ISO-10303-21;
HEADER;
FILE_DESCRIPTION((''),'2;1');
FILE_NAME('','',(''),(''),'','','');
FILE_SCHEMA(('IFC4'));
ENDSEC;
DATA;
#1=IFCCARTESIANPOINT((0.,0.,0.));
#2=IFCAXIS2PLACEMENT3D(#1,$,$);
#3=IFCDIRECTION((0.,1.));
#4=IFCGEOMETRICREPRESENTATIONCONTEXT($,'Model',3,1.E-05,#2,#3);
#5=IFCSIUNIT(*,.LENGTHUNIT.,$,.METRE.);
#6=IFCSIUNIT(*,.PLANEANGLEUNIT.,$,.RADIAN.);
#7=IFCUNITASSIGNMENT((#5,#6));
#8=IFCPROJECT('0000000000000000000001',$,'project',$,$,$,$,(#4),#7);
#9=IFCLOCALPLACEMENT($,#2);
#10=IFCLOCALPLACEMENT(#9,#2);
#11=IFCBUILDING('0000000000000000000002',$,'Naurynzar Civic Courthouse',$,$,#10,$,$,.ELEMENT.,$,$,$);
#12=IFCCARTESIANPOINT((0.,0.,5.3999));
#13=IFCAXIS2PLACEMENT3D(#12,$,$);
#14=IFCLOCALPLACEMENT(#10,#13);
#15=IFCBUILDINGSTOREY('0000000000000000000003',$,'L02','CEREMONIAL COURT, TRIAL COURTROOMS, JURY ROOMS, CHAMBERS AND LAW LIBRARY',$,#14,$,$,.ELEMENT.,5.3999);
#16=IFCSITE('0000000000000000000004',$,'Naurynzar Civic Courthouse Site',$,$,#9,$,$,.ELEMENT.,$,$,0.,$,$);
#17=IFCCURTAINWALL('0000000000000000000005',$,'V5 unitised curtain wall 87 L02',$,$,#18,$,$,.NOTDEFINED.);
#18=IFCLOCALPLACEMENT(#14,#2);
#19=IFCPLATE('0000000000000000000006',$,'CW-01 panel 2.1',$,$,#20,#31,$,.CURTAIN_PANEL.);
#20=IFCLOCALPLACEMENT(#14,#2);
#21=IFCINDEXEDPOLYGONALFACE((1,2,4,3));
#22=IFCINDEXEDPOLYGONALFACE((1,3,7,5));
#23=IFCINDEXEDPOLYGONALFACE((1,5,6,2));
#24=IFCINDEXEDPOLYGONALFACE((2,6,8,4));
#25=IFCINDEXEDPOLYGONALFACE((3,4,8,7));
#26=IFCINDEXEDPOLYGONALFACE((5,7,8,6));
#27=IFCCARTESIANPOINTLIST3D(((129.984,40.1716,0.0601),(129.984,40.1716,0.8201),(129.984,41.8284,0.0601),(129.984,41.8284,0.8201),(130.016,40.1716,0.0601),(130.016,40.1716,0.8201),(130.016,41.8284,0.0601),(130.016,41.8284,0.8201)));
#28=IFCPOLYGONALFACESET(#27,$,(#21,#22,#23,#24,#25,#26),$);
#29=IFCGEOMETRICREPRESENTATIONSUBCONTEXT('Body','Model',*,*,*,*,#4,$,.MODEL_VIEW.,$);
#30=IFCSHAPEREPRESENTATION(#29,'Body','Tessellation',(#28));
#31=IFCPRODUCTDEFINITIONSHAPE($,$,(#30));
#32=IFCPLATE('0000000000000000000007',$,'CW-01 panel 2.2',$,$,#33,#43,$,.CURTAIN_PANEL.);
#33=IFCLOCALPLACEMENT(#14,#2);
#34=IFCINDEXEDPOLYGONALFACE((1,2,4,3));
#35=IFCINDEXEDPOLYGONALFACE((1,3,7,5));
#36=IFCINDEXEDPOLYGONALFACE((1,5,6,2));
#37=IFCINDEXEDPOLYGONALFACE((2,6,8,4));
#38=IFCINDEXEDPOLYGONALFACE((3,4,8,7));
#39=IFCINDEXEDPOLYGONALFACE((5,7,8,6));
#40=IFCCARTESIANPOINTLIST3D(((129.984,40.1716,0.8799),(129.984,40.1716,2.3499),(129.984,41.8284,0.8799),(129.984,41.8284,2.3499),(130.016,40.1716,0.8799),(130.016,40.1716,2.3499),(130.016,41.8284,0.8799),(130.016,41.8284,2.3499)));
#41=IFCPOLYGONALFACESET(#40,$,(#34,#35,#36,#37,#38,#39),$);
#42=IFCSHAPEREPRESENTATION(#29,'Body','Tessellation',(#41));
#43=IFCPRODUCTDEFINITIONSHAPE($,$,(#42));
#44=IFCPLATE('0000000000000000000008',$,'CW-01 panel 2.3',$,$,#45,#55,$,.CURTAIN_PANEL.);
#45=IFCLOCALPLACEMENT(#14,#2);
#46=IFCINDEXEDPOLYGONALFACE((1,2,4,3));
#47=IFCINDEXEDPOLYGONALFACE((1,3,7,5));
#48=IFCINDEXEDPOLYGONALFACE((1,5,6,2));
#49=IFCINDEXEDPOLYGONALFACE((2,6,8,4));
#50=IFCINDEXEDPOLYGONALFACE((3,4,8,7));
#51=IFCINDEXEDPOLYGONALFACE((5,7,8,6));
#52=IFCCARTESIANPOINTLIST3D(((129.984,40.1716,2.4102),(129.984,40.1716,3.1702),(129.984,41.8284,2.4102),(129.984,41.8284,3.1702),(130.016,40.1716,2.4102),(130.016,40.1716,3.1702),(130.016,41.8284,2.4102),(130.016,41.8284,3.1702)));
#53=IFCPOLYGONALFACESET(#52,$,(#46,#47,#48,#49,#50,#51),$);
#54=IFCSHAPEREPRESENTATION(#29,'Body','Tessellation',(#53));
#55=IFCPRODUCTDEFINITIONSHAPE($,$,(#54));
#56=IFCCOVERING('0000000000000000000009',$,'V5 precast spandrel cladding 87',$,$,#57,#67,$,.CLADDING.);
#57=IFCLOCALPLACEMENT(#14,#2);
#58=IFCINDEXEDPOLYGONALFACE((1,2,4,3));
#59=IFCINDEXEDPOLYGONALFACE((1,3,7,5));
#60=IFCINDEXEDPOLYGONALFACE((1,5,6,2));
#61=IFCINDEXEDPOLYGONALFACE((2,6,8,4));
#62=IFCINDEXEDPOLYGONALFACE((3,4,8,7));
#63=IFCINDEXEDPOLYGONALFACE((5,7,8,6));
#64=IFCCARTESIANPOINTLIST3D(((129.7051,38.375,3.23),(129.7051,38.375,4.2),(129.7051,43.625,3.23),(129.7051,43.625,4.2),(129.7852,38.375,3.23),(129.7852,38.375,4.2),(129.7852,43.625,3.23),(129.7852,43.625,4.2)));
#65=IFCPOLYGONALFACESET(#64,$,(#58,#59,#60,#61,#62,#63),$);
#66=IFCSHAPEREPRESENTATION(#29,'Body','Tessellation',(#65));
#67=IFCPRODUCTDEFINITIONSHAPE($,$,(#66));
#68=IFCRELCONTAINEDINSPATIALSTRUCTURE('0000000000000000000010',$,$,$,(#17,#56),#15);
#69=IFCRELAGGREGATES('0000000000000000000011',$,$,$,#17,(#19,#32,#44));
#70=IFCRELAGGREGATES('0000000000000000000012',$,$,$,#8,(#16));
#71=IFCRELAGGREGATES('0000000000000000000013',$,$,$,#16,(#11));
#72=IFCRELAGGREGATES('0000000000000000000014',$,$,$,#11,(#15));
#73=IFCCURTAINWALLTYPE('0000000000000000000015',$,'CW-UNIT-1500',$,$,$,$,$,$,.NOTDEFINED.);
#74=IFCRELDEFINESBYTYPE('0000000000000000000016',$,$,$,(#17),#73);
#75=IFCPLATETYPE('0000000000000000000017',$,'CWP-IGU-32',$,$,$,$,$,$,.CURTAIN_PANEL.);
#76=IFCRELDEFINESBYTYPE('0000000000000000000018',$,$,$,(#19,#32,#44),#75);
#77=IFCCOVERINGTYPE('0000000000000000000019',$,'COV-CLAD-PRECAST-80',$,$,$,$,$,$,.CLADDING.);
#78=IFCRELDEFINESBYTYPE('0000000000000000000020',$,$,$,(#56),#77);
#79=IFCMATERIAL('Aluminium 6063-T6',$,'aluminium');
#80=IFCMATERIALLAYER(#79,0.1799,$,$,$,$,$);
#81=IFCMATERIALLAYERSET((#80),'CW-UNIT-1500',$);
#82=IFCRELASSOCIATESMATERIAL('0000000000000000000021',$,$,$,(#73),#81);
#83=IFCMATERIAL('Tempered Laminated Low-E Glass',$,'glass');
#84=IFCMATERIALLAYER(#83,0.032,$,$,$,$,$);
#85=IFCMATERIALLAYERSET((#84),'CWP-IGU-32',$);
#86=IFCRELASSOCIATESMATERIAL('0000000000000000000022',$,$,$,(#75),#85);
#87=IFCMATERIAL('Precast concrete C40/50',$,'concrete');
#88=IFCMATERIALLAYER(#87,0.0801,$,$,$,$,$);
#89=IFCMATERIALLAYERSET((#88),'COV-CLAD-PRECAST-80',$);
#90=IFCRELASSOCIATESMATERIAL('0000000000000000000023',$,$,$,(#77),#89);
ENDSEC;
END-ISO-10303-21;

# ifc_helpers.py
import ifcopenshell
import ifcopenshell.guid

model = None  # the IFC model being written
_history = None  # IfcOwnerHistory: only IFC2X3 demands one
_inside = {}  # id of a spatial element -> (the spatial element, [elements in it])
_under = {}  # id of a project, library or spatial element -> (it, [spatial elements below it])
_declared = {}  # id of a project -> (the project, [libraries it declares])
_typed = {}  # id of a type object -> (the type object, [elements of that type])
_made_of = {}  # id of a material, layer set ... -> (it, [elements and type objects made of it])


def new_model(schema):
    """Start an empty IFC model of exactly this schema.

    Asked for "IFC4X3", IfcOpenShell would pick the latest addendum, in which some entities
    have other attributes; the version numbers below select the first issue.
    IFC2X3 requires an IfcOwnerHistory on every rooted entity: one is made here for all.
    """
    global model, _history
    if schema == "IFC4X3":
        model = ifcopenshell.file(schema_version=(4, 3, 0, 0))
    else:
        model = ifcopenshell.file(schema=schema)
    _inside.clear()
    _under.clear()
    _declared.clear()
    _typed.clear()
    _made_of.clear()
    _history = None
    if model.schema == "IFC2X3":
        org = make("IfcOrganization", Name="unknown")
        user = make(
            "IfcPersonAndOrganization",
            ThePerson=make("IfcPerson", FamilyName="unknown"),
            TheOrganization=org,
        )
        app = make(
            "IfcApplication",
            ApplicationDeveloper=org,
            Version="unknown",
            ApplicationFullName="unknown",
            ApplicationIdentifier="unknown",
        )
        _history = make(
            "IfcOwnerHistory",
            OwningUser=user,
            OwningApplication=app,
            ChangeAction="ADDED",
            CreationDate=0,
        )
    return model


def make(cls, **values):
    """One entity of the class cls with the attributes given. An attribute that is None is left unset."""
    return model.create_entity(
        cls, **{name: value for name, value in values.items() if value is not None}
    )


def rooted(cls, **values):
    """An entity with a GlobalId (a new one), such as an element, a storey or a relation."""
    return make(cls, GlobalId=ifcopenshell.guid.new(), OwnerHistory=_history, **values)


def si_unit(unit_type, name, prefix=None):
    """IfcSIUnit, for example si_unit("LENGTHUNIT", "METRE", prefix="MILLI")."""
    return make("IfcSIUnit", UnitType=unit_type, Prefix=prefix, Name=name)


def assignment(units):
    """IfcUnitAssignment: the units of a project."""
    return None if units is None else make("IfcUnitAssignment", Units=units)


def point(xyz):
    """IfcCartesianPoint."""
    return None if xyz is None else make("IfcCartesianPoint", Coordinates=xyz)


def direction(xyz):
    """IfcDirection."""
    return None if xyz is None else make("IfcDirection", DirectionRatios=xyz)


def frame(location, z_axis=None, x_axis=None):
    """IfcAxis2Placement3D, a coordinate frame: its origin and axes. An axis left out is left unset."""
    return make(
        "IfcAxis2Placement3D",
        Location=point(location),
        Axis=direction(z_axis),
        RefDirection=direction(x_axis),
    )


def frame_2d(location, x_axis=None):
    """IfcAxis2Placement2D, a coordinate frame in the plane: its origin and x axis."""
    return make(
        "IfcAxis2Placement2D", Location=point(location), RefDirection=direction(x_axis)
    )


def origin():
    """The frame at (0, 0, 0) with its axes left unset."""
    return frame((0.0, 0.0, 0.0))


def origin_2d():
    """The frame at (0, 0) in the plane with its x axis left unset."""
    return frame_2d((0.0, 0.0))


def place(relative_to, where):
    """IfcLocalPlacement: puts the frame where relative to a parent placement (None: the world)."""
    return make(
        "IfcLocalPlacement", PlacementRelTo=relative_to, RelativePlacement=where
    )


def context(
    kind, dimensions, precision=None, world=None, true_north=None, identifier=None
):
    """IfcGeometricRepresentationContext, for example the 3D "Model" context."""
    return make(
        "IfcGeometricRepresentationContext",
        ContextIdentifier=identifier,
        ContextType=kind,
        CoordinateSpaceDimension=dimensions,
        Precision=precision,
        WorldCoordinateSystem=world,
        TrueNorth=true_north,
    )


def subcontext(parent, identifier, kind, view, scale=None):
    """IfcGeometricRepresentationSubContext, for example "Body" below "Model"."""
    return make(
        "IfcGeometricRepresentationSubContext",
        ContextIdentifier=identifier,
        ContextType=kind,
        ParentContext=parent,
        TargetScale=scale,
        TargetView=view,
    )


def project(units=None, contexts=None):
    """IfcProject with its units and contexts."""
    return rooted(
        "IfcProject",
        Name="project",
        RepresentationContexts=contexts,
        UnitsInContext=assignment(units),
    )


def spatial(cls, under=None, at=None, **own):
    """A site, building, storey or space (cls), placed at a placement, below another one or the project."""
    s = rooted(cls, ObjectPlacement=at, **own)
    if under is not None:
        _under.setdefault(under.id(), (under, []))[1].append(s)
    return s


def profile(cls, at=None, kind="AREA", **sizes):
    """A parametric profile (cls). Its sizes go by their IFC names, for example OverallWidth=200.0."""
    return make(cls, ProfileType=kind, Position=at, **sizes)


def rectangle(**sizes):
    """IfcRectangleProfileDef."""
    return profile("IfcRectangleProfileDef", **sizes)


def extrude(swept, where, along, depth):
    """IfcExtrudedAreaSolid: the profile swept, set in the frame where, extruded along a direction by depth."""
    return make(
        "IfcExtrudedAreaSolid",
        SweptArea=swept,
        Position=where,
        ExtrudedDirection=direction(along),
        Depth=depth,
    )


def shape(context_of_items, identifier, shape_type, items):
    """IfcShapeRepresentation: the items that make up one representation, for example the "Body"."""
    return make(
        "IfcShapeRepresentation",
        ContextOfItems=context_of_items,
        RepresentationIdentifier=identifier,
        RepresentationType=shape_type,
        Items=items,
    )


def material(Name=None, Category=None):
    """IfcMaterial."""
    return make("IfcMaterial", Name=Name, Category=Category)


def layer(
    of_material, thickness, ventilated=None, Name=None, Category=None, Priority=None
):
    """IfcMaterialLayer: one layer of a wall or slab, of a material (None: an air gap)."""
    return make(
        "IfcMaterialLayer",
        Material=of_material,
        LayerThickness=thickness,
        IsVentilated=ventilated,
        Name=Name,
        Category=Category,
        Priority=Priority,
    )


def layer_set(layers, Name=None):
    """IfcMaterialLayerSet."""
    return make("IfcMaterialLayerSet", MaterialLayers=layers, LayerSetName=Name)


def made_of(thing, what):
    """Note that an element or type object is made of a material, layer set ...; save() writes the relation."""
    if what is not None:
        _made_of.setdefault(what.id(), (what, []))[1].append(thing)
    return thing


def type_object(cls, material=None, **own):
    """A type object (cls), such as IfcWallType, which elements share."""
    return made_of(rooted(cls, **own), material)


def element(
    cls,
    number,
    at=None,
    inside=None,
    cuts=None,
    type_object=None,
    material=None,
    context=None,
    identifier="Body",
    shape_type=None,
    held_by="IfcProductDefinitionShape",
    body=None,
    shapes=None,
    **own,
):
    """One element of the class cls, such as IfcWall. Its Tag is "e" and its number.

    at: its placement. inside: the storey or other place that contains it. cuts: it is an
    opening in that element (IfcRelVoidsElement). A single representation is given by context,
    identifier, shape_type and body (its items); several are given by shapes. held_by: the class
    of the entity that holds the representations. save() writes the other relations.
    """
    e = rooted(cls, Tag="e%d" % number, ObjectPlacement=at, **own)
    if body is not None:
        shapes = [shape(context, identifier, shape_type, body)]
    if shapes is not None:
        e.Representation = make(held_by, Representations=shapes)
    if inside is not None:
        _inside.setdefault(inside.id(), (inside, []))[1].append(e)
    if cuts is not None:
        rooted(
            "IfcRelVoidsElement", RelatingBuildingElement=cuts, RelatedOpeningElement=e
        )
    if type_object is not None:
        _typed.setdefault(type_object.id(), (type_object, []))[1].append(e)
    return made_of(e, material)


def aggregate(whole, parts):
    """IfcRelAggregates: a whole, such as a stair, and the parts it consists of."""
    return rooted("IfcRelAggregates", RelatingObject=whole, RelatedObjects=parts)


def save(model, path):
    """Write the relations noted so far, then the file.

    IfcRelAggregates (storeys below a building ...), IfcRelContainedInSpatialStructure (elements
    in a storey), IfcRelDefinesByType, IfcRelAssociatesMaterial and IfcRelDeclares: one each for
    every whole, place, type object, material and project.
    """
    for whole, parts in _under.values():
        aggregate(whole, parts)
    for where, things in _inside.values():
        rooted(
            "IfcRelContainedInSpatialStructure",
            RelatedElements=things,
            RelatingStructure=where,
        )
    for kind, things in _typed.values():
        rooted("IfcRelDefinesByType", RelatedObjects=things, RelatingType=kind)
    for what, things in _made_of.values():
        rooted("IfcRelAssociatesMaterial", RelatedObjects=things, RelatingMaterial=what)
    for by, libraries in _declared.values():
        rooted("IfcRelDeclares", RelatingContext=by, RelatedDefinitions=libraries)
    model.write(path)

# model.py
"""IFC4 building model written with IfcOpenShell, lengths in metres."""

from ifc_helpers import new_model, si_unit, direction, frame, origin, origin_2d, place, context, subcontext, project, spatial, rectangle, extrude, material, layer, layer_set, type_object, element, aggregate, save


model = new_model("IFC4")

# Units and contexts
model_context = context("Model", 3, precision=1e-05, world=origin(), true_north=direction((0.0, 1.0)))
body_context = subcontext(model_context, "Body", "Model", "MODEL_VIEW")
ifc_project = project(units=[si_unit("LENGTHUNIT", "METRE"), si_unit("PLANEANGLEUNIT", "RADIAN")], contexts=[model_context])

# Site, building, storey
site_placement = place(None, origin())
site = spatial("IfcSite", under=ifc_project, at=site_placement, Name="Naurynzar Civic Courthouse Site", CompositionType="ELEMENT", RefElevation=0.0)
building_placement = place(site_placement, origin())
building = spatial("IfcBuilding", under=site, at=building_placement, Name="Naurynzar Civic Courthouse", CompositionType="ELEMENT")
storey_placement = place(building_placement, frame((0.0, 0.0, 5.3999)))
storey = spatial("IfcBuildingStorey", under=building, at=storey_placement, Name="L02", Description="CEREMONIAL COURT, TRIAL COURTROOMS, JURY ROOMS, CHAMBERS AND LAW LIBRARY", CompositionType="ELEMENT", Elevation=5.3999)

# Curtain wall, plates
ifc_material_1 = material(Name="Aluminium 6063-T6", Category="aluminium")
ifc_layer_1 = layer(ifc_material_1, 0.1799)
ifc_layer_set_1 = layer_set([ifc_layer_1], Name="CW-UNIT-1500")
curtain_wall_type = type_object("IfcCurtainWallType", Name="CW-UNIT-1500", PredefinedType="NOTDEFINED", material=ifc_layer_set_1)
curtain_wall_placement = place(storey_placement, origin())
curtain_wall = element("IfcCurtainWall", 1, at=curtain_wall_placement, inside=storey, type_object=curtain_wall_type, Name="V5 unitised curtain wall 87 L02", PredefinedType="NOTDEFINED")
ifc_material_2 = material(Name="Tempered Laminated Low-E Glass", Category="glass")
ifc_layer_2 = layer(ifc_material_2, 0.032)
ifc_layer_set_2 = layer_set([ifc_layer_2], Name="CWP-IGU-32")
plate_type = type_object("IfcPlateType", Name="CWP-IGU-32", PredefinedType="CURTAIN_PANEL", material=ifc_layer_set_2)
plate_1_placement = place(storey_placement, frame((130.0, 41.0, 0.0601), z_axis=(0.0, 0.0, 1.0), x_axis=(0.0, 1.0, 0.0)))
plate_1 = element("IfcPlate", 2, at=plate_1_placement, type_object=plate_type, Name="CW-01 panel 2.1", PredefinedType="CURTAIN_PANEL", context=body_context, shape_type="SweptSolid", body=[
    extrude(rectangle(XDim=1.6567, YDim=0.032, at=origin_2d()), origin(), (0.0, 0.0, 1.0), 0.76),
])
plate_2_placement = place(storey_placement, frame((130.0, 41.0, 0.8799), z_axis=(0.0, 0.0, 1.0), x_axis=(0.0, 1.0, 0.0)))
plate_2 = element("IfcPlate", 3, at=plate_2_placement, type_object=plate_type, Name="CW-01 panel 2.2", PredefinedType="CURTAIN_PANEL", context=body_context, shape_type="SweptSolid", body=[
    extrude(rectangle(XDim=1.6567, YDim=0.032, at=origin_2d()), origin(), (0.0, 0.0, 1.0), 1.47),
])
plate_3_placement = place(storey_placement, frame((130.0, 41.0, 2.4102), z_axis=(0.0, 0.0, 1.0), x_axis=(0.0, 1.0, 0.0)))
plate_3 = element("IfcPlate", 4, at=plate_3_placement, type_object=plate_type, Name="CW-01 panel 2.3", PredefinedType="CURTAIN_PANEL", context=body_context, shape_type="SweptSolid", body=[
    extrude(rectangle(XDim=1.6567, YDim=0.032, at=origin_2d()), origin(), (0.0, 0.0, 1.0), 0.76),
])
aggregate(curtain_wall, [plate_1, plate_2, plate_3])

# Covering
ifc_material_3 = material(Name="Precast concrete C40/50", Category="concrete")
ifc_layer_3 = layer(ifc_material_3, 0.0801)
ifc_layer_set_3 = layer_set([ifc_layer_3], Name="COV-CLAD-PRECAST-80")
covering_type = type_object("IfcCoveringType", Name="COV-CLAD-PRECAST-80", PredefinedType="CLADDING", material=ifc_layer_set_3)
covering_placement = place(storey_placement, frame((129.7451, 41.0, 3.23), z_axis=(0.0, 0.0, 1.0), x_axis=(0.0, 1.0, 0.0)))
element("IfcCovering", 5, at=covering_placement, inside=storey, type_object=covering_type, Name="V5 precast spandrel cladding 87", PredefinedType="CLADDING", context=body_context, shape_type="SweptSolid", body=[
    extrude(rectangle(XDim=5.25, YDim=0.0801, at=origin_2d()), origin(), (0.0, 0.0, 1.0), 0.97),
])

save(model, "model.ifc")
